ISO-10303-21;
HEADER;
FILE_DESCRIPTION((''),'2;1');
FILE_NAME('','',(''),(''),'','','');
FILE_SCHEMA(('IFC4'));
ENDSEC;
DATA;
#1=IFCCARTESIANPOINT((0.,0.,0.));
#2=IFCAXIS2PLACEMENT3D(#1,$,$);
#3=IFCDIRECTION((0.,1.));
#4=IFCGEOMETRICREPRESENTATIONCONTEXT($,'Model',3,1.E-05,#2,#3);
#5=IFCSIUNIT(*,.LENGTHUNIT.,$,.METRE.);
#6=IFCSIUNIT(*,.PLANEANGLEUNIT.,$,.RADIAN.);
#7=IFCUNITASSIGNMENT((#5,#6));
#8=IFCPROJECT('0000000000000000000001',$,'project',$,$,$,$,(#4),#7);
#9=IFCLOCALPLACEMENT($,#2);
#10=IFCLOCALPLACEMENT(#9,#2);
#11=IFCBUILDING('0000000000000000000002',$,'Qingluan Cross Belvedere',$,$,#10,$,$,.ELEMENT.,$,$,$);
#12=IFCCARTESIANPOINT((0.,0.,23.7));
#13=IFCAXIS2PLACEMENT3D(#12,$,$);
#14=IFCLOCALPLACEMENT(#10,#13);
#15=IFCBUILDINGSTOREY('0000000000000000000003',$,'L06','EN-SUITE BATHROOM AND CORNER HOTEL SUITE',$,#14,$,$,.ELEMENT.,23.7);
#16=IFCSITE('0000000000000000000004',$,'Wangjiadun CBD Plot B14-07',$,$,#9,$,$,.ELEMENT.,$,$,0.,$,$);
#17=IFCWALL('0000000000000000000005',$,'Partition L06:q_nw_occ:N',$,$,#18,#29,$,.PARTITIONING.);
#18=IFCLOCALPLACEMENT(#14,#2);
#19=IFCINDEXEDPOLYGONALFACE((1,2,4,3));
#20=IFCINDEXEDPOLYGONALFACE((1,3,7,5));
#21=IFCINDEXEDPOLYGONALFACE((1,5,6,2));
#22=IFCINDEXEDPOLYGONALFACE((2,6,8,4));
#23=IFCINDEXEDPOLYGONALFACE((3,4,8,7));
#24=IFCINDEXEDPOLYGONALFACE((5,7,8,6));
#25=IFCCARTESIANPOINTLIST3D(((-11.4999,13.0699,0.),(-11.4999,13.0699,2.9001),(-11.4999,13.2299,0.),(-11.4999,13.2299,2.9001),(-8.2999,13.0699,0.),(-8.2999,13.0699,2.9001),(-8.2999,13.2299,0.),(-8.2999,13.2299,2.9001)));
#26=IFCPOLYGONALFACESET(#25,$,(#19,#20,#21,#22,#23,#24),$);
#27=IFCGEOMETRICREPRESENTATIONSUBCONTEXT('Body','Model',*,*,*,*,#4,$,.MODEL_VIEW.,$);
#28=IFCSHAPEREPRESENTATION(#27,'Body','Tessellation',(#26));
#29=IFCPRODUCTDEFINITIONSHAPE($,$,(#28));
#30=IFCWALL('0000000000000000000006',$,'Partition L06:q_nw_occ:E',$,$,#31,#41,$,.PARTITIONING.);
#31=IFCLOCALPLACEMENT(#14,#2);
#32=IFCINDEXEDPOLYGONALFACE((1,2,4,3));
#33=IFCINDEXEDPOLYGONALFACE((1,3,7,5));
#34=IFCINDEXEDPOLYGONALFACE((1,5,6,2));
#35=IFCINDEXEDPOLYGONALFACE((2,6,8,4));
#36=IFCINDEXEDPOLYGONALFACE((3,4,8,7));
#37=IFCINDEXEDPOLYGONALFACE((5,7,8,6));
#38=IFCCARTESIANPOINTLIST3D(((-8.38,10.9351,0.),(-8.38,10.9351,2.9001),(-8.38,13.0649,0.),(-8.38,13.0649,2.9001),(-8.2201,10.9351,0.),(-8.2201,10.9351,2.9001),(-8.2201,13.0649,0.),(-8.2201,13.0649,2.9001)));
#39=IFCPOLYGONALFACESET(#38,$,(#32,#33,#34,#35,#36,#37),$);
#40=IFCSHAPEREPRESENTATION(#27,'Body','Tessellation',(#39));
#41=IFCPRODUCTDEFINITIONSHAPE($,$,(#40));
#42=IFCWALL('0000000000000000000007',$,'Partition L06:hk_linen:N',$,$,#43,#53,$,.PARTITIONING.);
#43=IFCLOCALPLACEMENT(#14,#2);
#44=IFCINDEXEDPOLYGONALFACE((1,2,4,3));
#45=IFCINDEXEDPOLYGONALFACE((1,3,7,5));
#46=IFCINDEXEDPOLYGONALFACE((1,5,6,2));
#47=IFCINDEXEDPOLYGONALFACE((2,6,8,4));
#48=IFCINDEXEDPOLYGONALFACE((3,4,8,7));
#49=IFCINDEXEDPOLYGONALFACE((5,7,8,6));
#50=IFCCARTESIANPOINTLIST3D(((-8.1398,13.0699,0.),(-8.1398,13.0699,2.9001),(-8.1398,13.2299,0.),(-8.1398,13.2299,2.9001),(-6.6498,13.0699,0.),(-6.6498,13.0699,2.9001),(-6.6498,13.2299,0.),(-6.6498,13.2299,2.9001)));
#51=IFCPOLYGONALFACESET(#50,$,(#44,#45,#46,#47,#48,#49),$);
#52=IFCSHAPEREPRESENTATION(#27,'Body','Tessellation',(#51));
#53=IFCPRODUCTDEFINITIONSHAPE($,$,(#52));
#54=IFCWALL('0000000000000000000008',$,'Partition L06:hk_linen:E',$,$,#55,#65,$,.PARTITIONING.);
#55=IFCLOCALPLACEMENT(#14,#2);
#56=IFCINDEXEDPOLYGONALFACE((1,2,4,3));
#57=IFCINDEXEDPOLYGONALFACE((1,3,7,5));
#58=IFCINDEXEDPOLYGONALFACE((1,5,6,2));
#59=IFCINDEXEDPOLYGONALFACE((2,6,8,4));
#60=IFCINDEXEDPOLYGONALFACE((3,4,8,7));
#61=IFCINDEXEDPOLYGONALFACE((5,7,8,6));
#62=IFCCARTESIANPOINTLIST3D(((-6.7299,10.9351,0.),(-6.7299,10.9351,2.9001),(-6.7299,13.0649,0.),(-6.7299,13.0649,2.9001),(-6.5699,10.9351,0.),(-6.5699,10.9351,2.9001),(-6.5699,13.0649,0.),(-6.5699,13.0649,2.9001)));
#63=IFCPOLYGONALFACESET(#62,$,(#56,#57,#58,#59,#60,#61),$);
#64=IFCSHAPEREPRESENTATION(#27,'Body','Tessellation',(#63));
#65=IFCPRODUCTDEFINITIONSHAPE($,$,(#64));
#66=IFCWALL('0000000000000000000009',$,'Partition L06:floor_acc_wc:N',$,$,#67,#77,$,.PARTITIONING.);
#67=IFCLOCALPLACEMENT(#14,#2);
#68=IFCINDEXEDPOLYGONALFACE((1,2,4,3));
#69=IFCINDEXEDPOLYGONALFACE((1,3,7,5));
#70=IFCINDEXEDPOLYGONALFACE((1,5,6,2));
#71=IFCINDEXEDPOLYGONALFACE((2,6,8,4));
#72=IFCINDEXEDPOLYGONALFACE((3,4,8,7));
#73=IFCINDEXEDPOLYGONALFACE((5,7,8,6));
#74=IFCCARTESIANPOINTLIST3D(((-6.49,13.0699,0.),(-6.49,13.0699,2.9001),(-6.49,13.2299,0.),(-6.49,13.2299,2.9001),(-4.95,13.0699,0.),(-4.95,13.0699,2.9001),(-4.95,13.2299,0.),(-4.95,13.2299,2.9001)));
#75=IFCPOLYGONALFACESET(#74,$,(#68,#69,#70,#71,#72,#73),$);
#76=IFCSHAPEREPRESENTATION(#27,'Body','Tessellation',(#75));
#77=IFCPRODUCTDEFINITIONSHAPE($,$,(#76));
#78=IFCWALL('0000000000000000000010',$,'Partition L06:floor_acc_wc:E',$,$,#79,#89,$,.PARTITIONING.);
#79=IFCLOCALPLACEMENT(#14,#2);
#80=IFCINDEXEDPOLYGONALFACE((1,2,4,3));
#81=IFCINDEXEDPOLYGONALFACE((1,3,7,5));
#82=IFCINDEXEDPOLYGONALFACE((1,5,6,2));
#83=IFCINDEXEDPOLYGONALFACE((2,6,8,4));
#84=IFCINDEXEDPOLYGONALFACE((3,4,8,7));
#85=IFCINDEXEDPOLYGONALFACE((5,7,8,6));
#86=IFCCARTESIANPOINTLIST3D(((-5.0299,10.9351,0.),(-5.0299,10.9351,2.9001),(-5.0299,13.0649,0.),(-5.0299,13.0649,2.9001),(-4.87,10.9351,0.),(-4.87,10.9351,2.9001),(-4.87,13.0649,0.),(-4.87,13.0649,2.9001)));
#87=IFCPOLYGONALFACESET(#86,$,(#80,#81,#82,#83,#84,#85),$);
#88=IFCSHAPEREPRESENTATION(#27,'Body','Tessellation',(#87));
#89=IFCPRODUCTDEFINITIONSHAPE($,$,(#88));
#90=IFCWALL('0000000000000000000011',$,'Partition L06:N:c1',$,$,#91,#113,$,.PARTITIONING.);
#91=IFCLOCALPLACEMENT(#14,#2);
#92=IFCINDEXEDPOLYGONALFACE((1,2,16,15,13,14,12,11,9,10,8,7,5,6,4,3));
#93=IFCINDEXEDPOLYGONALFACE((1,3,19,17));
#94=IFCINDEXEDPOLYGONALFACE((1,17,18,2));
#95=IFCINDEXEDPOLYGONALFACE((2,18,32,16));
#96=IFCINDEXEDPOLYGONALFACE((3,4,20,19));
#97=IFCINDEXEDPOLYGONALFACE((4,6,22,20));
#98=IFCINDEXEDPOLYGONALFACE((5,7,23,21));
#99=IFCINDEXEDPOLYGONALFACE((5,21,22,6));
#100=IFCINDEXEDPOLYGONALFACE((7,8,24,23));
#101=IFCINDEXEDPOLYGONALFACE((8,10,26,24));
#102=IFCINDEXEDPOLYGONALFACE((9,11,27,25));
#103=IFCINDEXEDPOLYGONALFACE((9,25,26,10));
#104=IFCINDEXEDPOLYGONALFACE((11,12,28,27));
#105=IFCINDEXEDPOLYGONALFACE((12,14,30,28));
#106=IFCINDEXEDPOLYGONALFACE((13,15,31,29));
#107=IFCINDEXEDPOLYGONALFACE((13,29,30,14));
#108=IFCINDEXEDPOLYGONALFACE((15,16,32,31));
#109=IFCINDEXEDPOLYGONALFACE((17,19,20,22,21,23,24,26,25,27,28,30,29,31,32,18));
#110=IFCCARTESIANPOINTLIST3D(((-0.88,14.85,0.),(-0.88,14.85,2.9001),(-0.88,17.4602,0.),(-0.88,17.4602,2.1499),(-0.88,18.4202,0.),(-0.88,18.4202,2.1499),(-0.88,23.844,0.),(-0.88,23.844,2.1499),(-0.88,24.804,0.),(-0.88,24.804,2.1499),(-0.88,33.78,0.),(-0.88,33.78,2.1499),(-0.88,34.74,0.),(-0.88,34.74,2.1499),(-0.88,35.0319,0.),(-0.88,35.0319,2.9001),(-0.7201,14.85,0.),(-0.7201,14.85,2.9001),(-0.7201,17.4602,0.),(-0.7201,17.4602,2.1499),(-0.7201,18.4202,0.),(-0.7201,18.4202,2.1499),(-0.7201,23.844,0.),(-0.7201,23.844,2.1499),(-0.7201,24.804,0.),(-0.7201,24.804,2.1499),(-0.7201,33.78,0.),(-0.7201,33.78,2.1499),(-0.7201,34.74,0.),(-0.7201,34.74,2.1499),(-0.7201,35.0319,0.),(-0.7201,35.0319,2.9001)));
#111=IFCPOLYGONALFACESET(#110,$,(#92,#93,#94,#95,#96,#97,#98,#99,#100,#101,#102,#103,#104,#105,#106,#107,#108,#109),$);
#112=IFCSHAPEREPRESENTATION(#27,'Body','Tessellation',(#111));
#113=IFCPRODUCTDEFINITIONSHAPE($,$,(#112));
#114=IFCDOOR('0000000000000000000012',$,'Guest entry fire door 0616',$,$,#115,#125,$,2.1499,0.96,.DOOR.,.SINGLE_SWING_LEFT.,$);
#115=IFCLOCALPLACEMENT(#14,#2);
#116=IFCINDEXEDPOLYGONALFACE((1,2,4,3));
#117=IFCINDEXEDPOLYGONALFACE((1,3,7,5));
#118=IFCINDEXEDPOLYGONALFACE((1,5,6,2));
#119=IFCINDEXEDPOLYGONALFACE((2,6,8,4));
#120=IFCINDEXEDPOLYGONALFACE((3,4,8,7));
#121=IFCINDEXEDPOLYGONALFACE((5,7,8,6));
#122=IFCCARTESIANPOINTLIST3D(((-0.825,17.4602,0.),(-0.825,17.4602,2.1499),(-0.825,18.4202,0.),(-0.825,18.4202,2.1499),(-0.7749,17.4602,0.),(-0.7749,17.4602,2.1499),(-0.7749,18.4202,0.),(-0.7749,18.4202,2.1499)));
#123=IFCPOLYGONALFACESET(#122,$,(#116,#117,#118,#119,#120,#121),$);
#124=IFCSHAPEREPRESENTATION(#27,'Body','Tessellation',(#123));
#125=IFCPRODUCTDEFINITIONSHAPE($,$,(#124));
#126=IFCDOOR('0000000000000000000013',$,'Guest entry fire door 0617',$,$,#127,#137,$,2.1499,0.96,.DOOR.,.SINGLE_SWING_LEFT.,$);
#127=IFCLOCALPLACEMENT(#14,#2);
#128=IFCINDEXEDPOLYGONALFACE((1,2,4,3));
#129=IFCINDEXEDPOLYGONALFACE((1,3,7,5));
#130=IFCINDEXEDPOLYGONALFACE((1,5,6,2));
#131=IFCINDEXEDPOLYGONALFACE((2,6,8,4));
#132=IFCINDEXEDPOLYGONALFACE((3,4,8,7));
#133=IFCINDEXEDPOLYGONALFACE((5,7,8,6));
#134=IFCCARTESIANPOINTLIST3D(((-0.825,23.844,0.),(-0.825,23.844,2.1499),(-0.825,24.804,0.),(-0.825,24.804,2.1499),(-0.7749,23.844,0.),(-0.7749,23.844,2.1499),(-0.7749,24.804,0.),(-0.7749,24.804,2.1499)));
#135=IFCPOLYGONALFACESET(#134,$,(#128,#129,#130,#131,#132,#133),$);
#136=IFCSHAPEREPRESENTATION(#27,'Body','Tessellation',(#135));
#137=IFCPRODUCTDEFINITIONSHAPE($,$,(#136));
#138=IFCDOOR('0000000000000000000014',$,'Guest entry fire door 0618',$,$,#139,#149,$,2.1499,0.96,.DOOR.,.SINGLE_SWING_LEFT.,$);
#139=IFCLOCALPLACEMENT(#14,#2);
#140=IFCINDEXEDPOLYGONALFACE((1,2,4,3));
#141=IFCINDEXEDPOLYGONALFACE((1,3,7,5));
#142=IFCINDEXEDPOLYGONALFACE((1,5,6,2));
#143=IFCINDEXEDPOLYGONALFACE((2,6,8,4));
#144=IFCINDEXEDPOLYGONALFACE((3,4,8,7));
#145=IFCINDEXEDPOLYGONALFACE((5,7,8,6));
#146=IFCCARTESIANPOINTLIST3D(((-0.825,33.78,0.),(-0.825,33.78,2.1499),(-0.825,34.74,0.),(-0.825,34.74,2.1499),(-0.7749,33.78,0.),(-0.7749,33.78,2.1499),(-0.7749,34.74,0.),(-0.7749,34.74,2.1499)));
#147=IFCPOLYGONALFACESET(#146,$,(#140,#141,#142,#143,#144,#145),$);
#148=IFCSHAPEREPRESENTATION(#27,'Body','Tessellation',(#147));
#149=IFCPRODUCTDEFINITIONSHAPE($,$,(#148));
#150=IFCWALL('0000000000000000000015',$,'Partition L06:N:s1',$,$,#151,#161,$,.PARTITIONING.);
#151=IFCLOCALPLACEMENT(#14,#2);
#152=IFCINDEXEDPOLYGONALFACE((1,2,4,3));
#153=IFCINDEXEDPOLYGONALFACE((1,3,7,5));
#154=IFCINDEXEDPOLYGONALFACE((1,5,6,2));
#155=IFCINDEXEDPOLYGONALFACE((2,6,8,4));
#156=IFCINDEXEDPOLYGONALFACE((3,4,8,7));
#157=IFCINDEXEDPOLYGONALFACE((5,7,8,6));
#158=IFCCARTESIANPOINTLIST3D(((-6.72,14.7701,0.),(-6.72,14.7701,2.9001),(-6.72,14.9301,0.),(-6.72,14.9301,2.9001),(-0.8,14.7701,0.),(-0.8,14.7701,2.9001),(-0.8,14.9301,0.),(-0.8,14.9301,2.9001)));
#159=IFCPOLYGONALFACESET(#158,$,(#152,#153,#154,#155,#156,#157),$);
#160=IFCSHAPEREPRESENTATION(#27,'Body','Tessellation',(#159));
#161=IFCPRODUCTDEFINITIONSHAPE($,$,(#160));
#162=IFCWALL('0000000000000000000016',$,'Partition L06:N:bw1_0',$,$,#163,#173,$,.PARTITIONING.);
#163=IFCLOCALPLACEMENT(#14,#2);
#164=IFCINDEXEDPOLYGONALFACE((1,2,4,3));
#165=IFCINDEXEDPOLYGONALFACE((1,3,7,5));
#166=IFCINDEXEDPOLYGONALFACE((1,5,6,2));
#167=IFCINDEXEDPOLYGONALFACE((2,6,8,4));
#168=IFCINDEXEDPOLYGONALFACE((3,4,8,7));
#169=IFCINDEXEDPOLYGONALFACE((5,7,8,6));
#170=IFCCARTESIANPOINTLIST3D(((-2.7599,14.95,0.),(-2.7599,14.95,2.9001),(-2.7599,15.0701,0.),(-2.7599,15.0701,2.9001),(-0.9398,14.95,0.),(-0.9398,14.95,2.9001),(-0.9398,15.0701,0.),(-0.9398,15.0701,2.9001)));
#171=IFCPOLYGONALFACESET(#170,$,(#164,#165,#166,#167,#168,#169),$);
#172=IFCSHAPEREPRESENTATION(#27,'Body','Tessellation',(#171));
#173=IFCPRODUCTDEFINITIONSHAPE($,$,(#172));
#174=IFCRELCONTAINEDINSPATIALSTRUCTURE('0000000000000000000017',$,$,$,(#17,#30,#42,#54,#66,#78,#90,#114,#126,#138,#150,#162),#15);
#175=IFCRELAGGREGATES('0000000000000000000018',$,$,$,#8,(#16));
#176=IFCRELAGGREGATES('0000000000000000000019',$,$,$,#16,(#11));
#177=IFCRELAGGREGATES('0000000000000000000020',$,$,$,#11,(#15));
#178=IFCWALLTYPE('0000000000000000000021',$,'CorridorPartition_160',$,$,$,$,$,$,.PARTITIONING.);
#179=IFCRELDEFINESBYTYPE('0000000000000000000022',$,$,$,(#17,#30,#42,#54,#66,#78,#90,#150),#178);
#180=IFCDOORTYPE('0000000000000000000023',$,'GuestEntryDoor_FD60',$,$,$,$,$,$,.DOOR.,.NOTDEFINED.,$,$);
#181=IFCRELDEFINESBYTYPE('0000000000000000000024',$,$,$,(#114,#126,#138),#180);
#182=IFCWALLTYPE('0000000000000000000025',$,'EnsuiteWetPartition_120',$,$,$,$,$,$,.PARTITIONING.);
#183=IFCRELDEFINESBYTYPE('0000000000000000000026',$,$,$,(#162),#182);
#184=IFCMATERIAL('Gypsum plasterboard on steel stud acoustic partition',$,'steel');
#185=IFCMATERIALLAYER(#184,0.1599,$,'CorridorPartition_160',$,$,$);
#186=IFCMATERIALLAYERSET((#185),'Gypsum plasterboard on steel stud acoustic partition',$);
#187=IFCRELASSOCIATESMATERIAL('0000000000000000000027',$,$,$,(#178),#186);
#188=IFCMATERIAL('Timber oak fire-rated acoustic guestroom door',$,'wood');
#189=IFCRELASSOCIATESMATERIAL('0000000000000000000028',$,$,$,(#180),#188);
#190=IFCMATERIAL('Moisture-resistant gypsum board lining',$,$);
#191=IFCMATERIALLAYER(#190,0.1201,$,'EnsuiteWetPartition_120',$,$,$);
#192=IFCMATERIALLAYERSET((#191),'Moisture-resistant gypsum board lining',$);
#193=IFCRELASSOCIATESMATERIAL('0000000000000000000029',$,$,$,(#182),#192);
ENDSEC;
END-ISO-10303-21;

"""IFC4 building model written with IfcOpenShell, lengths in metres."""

from ifc_helpers import new_model, si_unit, direction, frame, frame_2d, origin, place, context, subcontext, project, spatial, rectangle, extrude, material, layer, layer_set, type_object, element, fill, save


model = new_model("IFC4")

# Units and contexts
model_context = context("Model", 3, precision=1e-05, world=origin(), true_north=direction((0.0, 1.0)))
body_context = subcontext(model_context, "Body", "Model", "MODEL_VIEW")
ifc_project = project(units=[si_unit("LENGTHUNIT", "METRE"), si_unit("PLANEANGLEUNIT", "RADIAN")], contexts=[model_context])

# Site, building, storey
site_placement = place(None, origin())
site = spatial("IfcSite", under=ifc_project, at=site_placement, Name="Wangjiadun CBD Plot B14-07", CompositionType="ELEMENT", RefElevation=0.0)
building_placement = place(site_placement, origin())
building = spatial("IfcBuilding", under=site, at=building_placement, Name="Qingluan Cross Belvedere", CompositionType="ELEMENT")
storey_placement = place(building_placement, frame((0.0, 0.0, 23.7)))
storey = spatial("IfcBuildingStorey", under=building, at=storey_placement, Name="L06", Description="EN-SUITE BATHROOM AND CORNER HOTEL SUITE", CompositionType="ELEMENT", Elevation=23.7)

# Walls
ifc_material_1 = material(Name="Gypsum plasterboard on steel stud acoustic partition", Category="steel")
ifc_layer_1 = layer(ifc_material_1, 0.1599, Name="CorridorPartition_160")
ifc_layer_set_1 = layer_set([ifc_layer_1], Name="Gypsum plasterboard on steel stud acoustic partition")
wall_type_1 = type_object("IfcWallType", Name="CorridorPartition_160", PredefinedType="PARTITIONING", material=ifc_layer_set_1)
wall_1_placement = place(storey_placement, frame((-11.5, 13.1499, 0.0), z_axis=(0.0, 0.0, 1.0), x_axis=(1.0, 0.0, 0.0)))
element("IfcWall", 1, at=wall_1_placement, inside=storey, type_object=wall_type_1, Name="Partition L06:q_nw_occ:N", PredefinedType="PARTITIONING", context=body_context, shape_type="SweptSolid", body=[
    extrude(rectangle(XDim=3.2, YDim=0.1599, at=frame_2d((1.6001, 0.0))), origin(), (0.0, 0.0, 1.0), 2.9001),
])
wall_2_placement = place(storey_placement, frame((-8.3, 10.9351, 0.0), z_axis=(0.0, 0.0, 1.0), x_axis=(0.0, 1.0, 0.0)))
element("IfcWall", 2, at=wall_2_placement, inside=storey, type_object=wall_type_1, Name="Partition L06:q_nw_occ:E", PredefinedType="PARTITIONING", context=body_context, shape_type="SweptSolid", body=[
    extrude(rectangle(XDim=2.1299, YDim=0.1599, at=frame_2d((1.0649, 0.0))), origin(), (0.0, 0.0, 1.0), 2.9001),
])
wall_3_placement = place(storey_placement, frame((-8.1399, 13.1499, 0.0), z_axis=(0.0, 0.0, 1.0), x_axis=(1.0, 0.0, 0.0)))
element("IfcWall", 3, at=wall_3_placement, inside=storey, type_object=wall_type_1, Name="Partition L06:hk_linen:N", PredefinedType="PARTITIONING", context=body_context, shape_type="SweptSolid", body=[
    extrude(rectangle(XDim=1.49, YDim=0.1599, at=frame_2d((0.7451, 0.0))), origin(), (0.0, 0.0, 1.0), 2.9001),
])
wall_4_placement = place(storey_placement, frame((-6.6499, 10.9351, 0.0), z_axis=(0.0, 0.0, 1.0), x_axis=(0.0, 1.0, 0.0)))
element("IfcWall", 4, at=wall_4_placement, inside=storey, type_object=wall_type_1, Name="Partition L06:hk_linen:E", PredefinedType="PARTITIONING", context=body_context, shape_type="SweptSolid", body=[
    extrude(rectangle(XDim=2.1299, YDim=0.1599, at=frame_2d((1.0649, 0.0))), origin(), (0.0, 0.0, 1.0), 2.9001),
])
wall_5_placement = place(storey_placement, frame((-6.49, 13.1499, 0.0), z_axis=(0.0, 0.0, 1.0), x_axis=(1.0, 0.0, 0.0)))
element("IfcWall", 5, at=wall_5_placement, inside=storey, type_object=wall_type_1, Name="Partition L06:floor_acc_wc:N", PredefinedType="PARTITIONING", context=body_context, shape_type="SweptSolid", body=[
    extrude(rectangle(XDim=1.54, YDim=0.1599, at=frame_2d((0.77, 0.0))), origin(), (0.0, 0.0, 1.0), 2.9001),
])
wall_6_placement = place(storey_placement, frame((-4.95, 10.9351, 0.0), z_axis=(0.0, 0.0, 1.0), x_axis=(0.0, 1.0, 0.0)))
element("IfcWall", 6, at=wall_6_placement, inside=storey, type_object=wall_type_1, Name="Partition L06:floor_acc_wc:E", PredefinedType="PARTITIONING", context=body_context, shape_type="SweptSolid", body=[
    extrude(rectangle(XDim=2.1299, YDim=0.1599, at=frame_2d((1.0649, 0.0))), origin(), (0.0, 0.0, 1.0), 2.9001),
])

# Wall, openings, doors
wall_7_placement = place(storey_placement, frame((-0.8, 14.8501, 0.0), z_axis=(0.0, 0.0, 1.0), x_axis=(0.0, 1.0, 0.0)))
wall_7 = element("IfcWall", 7, at=wall_7_placement, inside=storey, type_object=wall_type_1, Name="Partition L06:N:c1", PredefinedType="PARTITIONING", context=body_context, shape_type="SweptSolid", body=[
    extrude(rectangle(XDim=20.1819, YDim=0.1599, at=frame_2d((10.0908, 0.0))), origin(), (0.0, 0.0, 1.0), 2.9001),
])
opening_1_placement = place(wall_7_placement, frame((2.6101, 0.0, 0.0)))
opening_1 = element("IfcOpeningElement", 8, at=opening_1_placement, cuts=wall_7, PredefinedType="OPENING", context=body_context, shape_type="SweptSolid", body=[
    extrude(rectangle(XDim=0.96, YDim=2.1499, at=frame_2d((0.48, 1.075))), frame((0.0, 0.0898, 0.0), z_axis=(0.0, -1.0, 0.0), x_axis=(1.0, 0.0, 0.0)), (0.0, 0.0, 1.0), 0.1799),
])
opening_2_placement = place(wall_7_placement, frame((8.9939, 0.0, 0.0)))
opening_2 = element("IfcOpeningElement", 9, at=opening_2_placement, cuts=wall_7, PredefinedType="OPENING", context=body_context, shape_type="SweptSolid", body=[
    extrude(rectangle(XDim=0.96, YDim=2.1499, at=frame_2d((0.48, 1.075))), frame((0.0, 0.0898, 0.0), z_axis=(0.0, -1.0, 0.0), x_axis=(1.0, 0.0, 0.0)), (0.0, 0.0, 1.0), 0.1799),
])
opening_3_placement = place(wall_7_placement, frame((18.9299, 0.0, 0.0)))
opening_3 = element("IfcOpeningElement", 10, at=opening_3_placement, cuts=wall_7, PredefinedType="OPENING", context=body_context, shape_type="SweptSolid", body=[
    extrude(rectangle(XDim=0.96, YDim=2.1499, at=frame_2d((0.48, 1.075))), frame((0.0, 0.0898, 0.0), z_axis=(0.0, -1.0, 0.0), x_axis=(1.0, 0.0, 0.0)), (0.0, 0.0, 1.0), 0.1799),
])
ifc_material_2 = material(Name="Timber oak fire-rated acoustic guestroom door", Category="wood")
door_type = type_object("IfcDoorType", Name="GuestEntryDoor_FD60", OperationType="NOTDEFINED", PredefinedType="DOOR", material=ifc_material_2)
door_1_placement = place(opening_1_placement, origin())
door_1 = element("IfcDoor", 11, at=door_1_placement, inside=storey, type_object=door_type, Name="Guest entry fire door 0616", OperationType="SINGLE_SWING_LEFT", OverallHeight=2.1499, OverallWidth=0.96, PredefinedType="DOOR", context=body_context, shape_type="SweptSolid", body=[
    extrude(rectangle(XDim=0.96, YDim=2.1499, at=frame_2d((0.48, 1.075))), frame((0.0, 0.0249, 0.0), z_axis=(0.0, -1.0, 0.0), x_axis=(1.0, 0.0, 0.0)), (0.0, 0.0, 1.0), 0.05),
])
fill(opening_1, door_1)
door_2_placement = place(opening_2_placement, origin())
door_2 = element("IfcDoor", 12, at=door_2_placement, inside=storey, type_object=door_type, Name="Guest entry fire door 0617", OperationType="SINGLE_SWING_LEFT", OverallHeight=2.1499, OverallWidth=0.96, PredefinedType="DOOR", context=body_context, shape_type="SweptSolid", body=[
    extrude(rectangle(XDim=0.96, YDim=2.1499, at=frame_2d((0.48, 1.075))), frame((0.0, 0.0249, 0.0), z_axis=(0.0, -1.0, 0.0), x_axis=(1.0, 0.0, 0.0)), (0.0, 0.0, 1.0), 0.05),
])
fill(opening_2, door_2)
door_3_placement = place(opening_3_placement, origin())
door_3 = element("IfcDoor", 13, at=door_3_placement, inside=storey, type_object=door_type, Name="Guest entry fire door 0618", OperationType="SINGLE_SWING_LEFT", OverallHeight=2.1499, OverallWidth=0.96, PredefinedType="DOOR", context=body_context, shape_type="SweptSolid", body=[
    extrude(rectangle(XDim=0.96, YDim=2.1499, at=frame_2d((0.48, 1.075))), frame((0.0, 0.0249, 0.0), z_axis=(0.0, -1.0, 0.0), x_axis=(1.0, 0.0, 0.0)), (0.0, 0.0, 1.0), 0.05),
])
fill(opening_3, door_3)

# Walls
wall_8_placement = place(storey_placement, frame((-0.8, 14.8501, 0.0), z_axis=(0.0, 0.0, 1.0), x_axis=(-1.0, 0.0, 0.0)))
element("IfcWall", 14, at=wall_8_placement, inside=storey, type_object=wall_type_1, Name="Partition L06:N:s1", PredefinedType="PARTITIONING", context=body_context, shape_type="SweptSolid", body=[
    extrude(rectangle(XDim=5.9199, YDim=0.1599, at=frame_2d((2.96, 0.0))), origin(), (0.0, 0.0, 1.0), 2.9001),
])
ifc_material_3 = material(Name="Moisture-resistant gypsum board lining")
ifc_layer_2 = layer(ifc_material_3, 0.1201, Name="EnsuiteWetPartition_120")
ifc_layer_set_2 = layer_set([ifc_layer_2], Name="Moisture-resistant gypsum board lining")
wall_type_2 = type_object("IfcWallType", Name="EnsuiteWetPartition_120", PredefinedType="PARTITIONING", material=ifc_layer_set_2)
wall_9_placement = place(storey_placement, frame((-2.76, 15.01, 0.0), z_axis=(0.0, 0.0, 1.0), x_axis=(1.0, 0.0, 0.0)))
element("IfcWall", 15, at=wall_9_placement, inside=storey, type_object=wall_type_2, Name="Partition L06:N:bw1_0", PredefinedType="PARTITIONING", context=body_context, shape_type="SweptSolid", body=[
    extrude(rectangle(XDim=1.8201, YDim=0.1201, at=frame_2d((0.9102, 0.0))), origin(), (0.0, 0.0, 1.0), 2.9001),
])

save(model, "model.ifc")
